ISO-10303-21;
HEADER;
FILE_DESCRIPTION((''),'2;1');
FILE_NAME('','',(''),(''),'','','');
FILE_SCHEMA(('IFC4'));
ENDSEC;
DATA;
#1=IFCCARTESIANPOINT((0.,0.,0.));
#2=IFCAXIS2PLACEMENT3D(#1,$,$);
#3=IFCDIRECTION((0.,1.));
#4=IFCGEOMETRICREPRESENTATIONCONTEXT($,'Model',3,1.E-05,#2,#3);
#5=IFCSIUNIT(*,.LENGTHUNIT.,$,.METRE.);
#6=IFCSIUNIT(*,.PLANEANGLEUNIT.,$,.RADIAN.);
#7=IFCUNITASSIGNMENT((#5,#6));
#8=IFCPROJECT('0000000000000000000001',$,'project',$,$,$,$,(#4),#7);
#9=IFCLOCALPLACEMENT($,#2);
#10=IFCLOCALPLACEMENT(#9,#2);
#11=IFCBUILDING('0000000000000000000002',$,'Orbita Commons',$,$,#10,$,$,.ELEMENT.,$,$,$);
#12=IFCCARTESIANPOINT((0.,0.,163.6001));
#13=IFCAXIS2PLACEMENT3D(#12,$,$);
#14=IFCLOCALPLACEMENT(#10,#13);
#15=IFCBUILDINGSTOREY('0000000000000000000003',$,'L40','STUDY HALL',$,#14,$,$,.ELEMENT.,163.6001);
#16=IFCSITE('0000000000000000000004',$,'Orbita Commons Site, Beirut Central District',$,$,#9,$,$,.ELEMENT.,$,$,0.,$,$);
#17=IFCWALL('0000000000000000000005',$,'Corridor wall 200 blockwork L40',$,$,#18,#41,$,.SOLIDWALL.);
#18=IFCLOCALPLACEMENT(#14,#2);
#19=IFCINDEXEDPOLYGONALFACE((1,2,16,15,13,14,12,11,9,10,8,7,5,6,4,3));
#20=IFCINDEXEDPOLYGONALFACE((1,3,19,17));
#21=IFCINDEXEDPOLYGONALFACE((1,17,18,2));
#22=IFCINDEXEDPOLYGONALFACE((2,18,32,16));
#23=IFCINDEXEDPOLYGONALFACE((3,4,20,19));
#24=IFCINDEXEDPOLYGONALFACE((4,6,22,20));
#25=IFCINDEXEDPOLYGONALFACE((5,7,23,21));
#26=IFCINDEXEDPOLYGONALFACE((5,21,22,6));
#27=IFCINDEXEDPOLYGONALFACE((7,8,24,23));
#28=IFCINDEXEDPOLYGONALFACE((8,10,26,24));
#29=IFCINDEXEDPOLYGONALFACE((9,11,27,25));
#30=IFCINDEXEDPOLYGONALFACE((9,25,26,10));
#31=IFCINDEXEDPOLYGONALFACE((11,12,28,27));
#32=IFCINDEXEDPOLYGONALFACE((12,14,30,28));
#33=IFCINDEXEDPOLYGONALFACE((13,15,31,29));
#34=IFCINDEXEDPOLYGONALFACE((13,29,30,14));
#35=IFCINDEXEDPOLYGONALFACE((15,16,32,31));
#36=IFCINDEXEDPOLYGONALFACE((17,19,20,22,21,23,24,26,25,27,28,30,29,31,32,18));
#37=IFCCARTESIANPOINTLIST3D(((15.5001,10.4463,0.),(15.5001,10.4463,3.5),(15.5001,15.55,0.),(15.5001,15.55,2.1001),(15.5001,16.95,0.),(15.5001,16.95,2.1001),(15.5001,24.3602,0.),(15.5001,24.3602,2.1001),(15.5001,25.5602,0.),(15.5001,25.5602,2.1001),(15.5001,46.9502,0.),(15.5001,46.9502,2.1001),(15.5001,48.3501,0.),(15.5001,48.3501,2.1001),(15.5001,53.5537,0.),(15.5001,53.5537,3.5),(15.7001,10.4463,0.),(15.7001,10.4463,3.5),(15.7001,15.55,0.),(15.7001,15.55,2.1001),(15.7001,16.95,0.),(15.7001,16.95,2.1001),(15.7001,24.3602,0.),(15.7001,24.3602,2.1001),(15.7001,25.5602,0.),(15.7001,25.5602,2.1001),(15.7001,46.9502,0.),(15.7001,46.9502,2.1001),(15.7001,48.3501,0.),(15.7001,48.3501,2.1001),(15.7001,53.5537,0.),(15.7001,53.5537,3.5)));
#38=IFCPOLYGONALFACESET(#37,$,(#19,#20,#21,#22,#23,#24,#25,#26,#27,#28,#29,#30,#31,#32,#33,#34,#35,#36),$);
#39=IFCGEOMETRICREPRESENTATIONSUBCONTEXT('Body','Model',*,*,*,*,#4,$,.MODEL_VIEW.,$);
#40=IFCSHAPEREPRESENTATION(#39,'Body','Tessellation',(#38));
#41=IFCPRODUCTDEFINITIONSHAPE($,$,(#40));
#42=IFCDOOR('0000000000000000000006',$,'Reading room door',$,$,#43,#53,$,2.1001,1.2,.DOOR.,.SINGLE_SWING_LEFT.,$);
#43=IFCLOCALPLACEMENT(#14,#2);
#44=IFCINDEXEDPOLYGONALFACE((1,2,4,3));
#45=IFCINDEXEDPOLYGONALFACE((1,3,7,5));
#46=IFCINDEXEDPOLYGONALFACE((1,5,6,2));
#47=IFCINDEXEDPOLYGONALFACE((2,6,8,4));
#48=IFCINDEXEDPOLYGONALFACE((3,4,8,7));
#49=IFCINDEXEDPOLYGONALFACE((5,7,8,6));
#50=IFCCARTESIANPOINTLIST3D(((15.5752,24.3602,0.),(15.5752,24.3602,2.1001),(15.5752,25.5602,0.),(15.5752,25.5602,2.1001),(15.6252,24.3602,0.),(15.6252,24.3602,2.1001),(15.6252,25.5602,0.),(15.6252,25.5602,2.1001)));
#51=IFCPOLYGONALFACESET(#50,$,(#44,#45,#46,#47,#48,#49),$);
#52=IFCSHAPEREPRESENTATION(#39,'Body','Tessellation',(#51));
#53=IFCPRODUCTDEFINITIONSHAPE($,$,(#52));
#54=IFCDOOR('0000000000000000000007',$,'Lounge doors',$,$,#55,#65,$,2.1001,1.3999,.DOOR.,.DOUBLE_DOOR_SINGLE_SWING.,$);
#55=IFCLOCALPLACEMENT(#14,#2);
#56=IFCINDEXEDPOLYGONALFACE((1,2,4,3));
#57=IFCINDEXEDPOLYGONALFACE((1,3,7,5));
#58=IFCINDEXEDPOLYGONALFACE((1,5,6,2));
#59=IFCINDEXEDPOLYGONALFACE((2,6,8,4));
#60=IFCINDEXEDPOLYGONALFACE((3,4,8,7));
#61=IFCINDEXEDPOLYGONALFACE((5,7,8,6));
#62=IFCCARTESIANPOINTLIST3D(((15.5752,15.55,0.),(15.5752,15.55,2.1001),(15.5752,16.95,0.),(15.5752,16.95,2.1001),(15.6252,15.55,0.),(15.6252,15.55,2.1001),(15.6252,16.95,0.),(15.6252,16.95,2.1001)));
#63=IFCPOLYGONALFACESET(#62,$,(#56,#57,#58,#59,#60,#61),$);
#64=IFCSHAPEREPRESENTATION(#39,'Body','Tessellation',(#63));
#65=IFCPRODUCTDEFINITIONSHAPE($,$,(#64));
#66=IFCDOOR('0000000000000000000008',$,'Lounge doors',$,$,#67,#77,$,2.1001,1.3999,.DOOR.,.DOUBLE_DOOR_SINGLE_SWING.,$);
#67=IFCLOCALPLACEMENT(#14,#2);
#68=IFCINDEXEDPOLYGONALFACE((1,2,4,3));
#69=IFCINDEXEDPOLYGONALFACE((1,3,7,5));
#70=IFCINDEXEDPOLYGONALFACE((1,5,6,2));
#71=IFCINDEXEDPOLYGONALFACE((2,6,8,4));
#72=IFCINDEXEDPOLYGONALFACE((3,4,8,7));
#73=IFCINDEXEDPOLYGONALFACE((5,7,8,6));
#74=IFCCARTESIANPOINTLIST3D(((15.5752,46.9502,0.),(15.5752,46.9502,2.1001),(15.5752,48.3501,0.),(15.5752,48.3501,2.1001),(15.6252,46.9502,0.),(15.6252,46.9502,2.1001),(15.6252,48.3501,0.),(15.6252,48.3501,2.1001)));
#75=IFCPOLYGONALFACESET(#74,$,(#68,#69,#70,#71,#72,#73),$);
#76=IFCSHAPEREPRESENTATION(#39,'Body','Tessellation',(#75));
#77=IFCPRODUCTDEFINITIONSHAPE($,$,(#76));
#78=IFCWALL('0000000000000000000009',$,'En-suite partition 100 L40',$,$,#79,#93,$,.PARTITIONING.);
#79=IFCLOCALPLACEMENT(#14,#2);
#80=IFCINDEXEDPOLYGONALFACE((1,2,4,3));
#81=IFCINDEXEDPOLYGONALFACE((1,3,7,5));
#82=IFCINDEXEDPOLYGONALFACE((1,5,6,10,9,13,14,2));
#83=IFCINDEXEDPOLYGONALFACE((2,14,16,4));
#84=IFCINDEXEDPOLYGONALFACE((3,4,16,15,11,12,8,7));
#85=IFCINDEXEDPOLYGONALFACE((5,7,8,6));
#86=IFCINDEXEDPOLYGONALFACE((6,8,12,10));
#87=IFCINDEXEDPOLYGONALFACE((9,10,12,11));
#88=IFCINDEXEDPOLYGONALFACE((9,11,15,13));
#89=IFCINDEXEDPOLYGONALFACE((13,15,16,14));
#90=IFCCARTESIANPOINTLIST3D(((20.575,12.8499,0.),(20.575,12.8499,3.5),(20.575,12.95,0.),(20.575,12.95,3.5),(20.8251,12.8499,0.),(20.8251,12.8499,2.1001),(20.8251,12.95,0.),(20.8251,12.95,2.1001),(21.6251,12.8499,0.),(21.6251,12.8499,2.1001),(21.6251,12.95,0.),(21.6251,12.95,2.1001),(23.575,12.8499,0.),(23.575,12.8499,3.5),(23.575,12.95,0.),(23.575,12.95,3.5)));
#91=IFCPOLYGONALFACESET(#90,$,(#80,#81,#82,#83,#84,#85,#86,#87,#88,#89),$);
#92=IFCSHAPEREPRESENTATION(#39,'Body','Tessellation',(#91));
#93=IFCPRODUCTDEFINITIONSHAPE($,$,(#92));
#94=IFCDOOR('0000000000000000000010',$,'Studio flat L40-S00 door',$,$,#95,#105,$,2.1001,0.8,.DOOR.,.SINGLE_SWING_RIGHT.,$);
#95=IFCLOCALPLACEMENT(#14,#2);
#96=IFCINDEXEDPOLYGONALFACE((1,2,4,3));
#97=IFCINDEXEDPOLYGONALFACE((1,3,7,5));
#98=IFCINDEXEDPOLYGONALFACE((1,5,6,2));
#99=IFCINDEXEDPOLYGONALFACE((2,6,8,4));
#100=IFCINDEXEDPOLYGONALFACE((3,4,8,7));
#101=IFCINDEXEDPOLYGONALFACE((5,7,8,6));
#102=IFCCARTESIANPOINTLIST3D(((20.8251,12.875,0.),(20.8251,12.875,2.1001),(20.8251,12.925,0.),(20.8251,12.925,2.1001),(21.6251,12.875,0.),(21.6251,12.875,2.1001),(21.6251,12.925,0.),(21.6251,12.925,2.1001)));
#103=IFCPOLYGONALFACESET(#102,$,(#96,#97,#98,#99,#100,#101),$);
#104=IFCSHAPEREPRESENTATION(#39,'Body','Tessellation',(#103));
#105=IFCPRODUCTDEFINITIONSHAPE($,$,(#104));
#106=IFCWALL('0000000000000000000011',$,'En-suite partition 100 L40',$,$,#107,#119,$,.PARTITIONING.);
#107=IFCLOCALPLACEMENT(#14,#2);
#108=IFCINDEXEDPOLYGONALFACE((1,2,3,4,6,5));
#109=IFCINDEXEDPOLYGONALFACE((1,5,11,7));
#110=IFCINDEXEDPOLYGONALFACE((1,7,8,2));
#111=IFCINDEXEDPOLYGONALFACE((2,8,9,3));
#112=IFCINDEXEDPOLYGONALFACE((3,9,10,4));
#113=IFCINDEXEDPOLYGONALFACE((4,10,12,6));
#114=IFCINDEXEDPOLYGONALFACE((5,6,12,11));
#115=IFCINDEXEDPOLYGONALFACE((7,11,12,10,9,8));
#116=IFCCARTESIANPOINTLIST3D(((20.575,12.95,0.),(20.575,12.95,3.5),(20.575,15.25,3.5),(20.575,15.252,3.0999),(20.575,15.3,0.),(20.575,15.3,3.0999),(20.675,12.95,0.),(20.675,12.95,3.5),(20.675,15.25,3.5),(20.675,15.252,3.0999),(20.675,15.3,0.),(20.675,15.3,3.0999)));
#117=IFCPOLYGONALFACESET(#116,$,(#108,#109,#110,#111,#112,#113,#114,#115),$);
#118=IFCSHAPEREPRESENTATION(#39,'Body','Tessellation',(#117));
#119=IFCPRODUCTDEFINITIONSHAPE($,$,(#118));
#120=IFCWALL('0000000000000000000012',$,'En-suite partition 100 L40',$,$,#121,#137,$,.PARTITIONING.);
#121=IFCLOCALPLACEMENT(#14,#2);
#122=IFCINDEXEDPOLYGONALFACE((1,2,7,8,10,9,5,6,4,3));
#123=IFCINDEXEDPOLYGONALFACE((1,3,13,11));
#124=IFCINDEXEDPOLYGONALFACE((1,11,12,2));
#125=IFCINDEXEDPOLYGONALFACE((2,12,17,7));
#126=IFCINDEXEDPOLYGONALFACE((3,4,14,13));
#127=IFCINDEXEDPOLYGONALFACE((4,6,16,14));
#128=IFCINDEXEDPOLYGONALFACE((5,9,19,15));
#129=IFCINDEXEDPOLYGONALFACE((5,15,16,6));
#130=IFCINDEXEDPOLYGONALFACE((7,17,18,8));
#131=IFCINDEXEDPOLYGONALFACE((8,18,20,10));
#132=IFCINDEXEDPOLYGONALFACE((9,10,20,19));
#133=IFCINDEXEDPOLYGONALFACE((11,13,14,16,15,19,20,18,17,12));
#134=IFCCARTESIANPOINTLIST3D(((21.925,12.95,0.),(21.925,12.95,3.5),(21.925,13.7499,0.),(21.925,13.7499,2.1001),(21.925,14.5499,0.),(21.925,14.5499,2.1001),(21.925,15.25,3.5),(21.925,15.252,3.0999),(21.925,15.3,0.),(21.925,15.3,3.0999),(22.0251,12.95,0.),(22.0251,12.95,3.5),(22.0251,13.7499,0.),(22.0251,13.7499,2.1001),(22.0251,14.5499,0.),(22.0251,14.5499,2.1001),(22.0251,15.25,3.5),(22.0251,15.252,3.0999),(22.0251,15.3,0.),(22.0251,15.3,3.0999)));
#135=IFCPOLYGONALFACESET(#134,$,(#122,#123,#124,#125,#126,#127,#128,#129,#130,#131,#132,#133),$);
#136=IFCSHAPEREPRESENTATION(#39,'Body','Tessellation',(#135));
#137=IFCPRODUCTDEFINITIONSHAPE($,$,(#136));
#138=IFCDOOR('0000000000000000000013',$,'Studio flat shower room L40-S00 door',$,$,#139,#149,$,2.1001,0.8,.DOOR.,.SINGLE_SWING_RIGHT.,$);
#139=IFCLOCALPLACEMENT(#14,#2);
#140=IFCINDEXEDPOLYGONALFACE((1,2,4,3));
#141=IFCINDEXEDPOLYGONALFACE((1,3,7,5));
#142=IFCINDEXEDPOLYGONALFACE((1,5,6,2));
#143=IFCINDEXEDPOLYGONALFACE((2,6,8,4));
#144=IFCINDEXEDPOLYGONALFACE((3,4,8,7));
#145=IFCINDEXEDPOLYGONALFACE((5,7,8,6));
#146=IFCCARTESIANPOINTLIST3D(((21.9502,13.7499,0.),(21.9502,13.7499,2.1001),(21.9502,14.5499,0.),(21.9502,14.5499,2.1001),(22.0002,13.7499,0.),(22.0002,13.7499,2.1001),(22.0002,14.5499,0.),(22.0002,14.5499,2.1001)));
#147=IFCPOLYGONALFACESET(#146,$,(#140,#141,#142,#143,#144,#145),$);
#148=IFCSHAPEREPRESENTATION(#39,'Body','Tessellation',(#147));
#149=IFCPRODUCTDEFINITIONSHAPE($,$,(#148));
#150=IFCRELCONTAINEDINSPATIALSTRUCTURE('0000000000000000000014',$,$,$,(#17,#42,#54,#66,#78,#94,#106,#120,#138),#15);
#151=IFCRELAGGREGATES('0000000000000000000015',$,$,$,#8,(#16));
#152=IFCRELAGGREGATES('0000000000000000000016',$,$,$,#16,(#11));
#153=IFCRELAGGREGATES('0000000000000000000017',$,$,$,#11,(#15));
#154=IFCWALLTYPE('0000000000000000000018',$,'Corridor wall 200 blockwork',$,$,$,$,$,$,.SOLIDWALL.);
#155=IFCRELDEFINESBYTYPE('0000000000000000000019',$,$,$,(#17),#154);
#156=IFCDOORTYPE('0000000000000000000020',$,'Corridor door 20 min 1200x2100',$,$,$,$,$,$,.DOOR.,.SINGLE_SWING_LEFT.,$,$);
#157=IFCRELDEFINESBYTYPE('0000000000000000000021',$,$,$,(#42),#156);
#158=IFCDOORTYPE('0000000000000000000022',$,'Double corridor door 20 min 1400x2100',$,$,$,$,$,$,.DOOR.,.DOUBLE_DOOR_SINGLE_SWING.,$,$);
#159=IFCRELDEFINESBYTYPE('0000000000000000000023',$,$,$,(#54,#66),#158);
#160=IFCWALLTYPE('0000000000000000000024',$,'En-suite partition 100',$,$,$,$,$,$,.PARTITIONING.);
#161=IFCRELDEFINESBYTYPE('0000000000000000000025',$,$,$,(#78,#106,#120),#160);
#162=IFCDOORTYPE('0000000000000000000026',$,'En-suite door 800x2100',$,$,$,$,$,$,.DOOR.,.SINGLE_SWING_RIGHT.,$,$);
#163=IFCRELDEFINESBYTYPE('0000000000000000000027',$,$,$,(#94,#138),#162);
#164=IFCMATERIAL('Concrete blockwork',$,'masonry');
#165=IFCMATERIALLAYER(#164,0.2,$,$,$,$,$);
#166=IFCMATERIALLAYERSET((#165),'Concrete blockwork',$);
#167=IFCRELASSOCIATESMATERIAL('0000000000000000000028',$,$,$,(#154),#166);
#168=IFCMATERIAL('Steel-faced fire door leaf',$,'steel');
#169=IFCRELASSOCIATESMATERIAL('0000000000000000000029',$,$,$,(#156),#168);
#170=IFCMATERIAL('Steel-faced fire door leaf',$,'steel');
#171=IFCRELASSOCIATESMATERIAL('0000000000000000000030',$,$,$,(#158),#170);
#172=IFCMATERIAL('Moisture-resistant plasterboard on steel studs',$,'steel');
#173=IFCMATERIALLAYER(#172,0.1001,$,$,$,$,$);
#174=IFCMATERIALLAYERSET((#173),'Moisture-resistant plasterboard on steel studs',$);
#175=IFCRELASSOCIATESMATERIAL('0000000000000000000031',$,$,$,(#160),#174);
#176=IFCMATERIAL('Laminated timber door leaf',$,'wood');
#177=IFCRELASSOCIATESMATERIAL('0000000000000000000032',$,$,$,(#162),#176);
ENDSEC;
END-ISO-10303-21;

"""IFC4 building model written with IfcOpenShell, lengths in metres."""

from ifc_helpers import new_model, si_unit, direction, frame, frame_2d, origin, place, context, subcontext, project, spatial, polyline, rectangle, outline, extrude, material, layer, layer_set, type_object, element, fill, save


model = new_model("IFC4")

# Units and contexts
model_context = context("Model", 3, precision=1e-05, world=origin(), true_north=direction((0.0, 1.0)))
body_context = subcontext(model_context, "Body", "Model", "MODEL_VIEW")
ifc_project = project(units=[si_unit("LENGTHUNIT", "METRE"), si_unit("PLANEANGLEUNIT", "RADIAN")], contexts=[model_context])

# Site, building, storey
site_placement = place(None, origin())
site = spatial("IfcSite", under=ifc_project, at=site_placement, Name="Orbita Commons Site, Beirut Central District", CompositionType="ELEMENT", RefElevation=0.0)
building_placement = place(site_placement, origin())
building = spatial("IfcBuilding", under=site, at=building_placement, Name="Orbita Commons", CompositionType="ELEMENT")
storey_placement = place(building_placement, frame((0.0, 0.0, 163.6001)))
storey = spatial("IfcBuildingStorey", under=building, at=storey_placement, Name="L40", Description="STUDY HALL", CompositionType="ELEMENT", Elevation=163.6001)

# Shared definitions
ifc_material_1 = material(Name="Concrete blockwork", Category="masonry")
ifc_layer_1 = layer(ifc_material_1, 0.2)
ifc_layer_set_1 = layer_set([ifc_layer_1], Name="Concrete blockwork")
wall_type_1 = type_object("IfcWallType", Name="Corridor wall 200 blockwork", PredefinedType="SOLIDWALL", material=ifc_layer_set_1)

# Wall, openings, doors
wall_1_placement = place(storey_placement, frame((15.6001, 10.4463, 0.0), z_axis=(0.0, 0.0, 1.0), x_axis=(0.0, 1.0, 0.0)))
wall_1 = element("IfcWall", 1, at=wall_1_placement, inside=storey, type_object=wall_type_1, Name="Corridor wall 200 blockwork L40", PredefinedType="SOLIDWALL", context=body_context, shape_type="SweptSolid", body=[
    extrude(rectangle(XDim=43.1074, YDim=0.2, at=frame_2d((21.5537, 0.0))), origin(), (0.0, 0.0, 1.0), 3.5),
])
opening_1_placement = place(wall_1_placement, frame((13.9138, 0.0, 0.0)))
opening_1 = element("IfcOpeningElement", 2, at=opening_1_placement, cuts=wall_1, PredefinedType="OPENING", context=body_context, shape_type="SweptSolid", body=[
    extrude(rectangle(XDim=1.2, YDim=2.1001, at=frame_2d((0.6001, 1.05))), frame((0.0, 0.1099, 0.0), z_axis=(0.0, -1.0, 0.0), x_axis=(1.0, 0.0, 0.0)), (0.0, 0.0, 1.0), 0.22),
])
opening_2_placement = place(wall_1_placement, frame((5.1038, 0.0, 0.0)))
opening_2 = element("IfcOpeningElement", 3, at=opening_2_placement, cuts=wall_1, PredefinedType="OPENING", context=body_context, shape_type="SweptSolid", body=[
    extrude(rectangle(XDim=1.3999, YDim=2.1001, at=frame_2d((0.7, 1.05))), frame((0.0, 0.1099, 0.0), z_axis=(0.0, -1.0, 0.0), x_axis=(1.0, 0.0, 0.0)), (0.0, 0.0, 1.0), 0.22),
])
opening_3_placement = place(wall_1_placement, frame((36.5039, 0.0, 0.0)))
opening_3 = element("IfcOpeningElement", 4, at=opening_3_placement, cuts=wall_1, PredefinedType="OPENING", context=body_context, shape_type="SweptSolid", body=[
    extrude(rectangle(XDim=1.3999, YDim=2.1001, at=frame_2d((0.7, 1.05))), frame((0.0, 0.1099, 0.0), z_axis=(0.0, -1.0, 0.0), x_axis=(1.0, 0.0, 0.0)), (0.0, 0.0, 1.0), 0.22),
])
ifc_material_2 = material(Name="Steel-faced fire door leaf", Category="steel")
door_type_1 = type_object("IfcDoorType", Name="Corridor door 20 min 1200x2100", OperationType="SINGLE_SWING_LEFT", PredefinedType="DOOR", material=ifc_material_2)
door_1_placement = place(opening_1_placement, origin())
door_1 = element("IfcDoor", 5, at=door_1_placement, inside=storey, type_object=door_type_1, Name="Reading room door", OperationType="SINGLE_SWING_LEFT", OverallHeight=2.1001, OverallWidth=1.2, PredefinedType="DOOR", context=body_context, shape_type="SweptSolid", body=[
    extrude(rectangle(XDim=1.2, YDim=2.1001, at=frame_2d((0.6001, 1.05))), frame((0.0, 0.0249, 0.0), z_axis=(0.0, -1.0, 0.0), x_axis=(1.0, 0.0, 0.0)), (0.0, 0.0, 1.0), 0.05),
])
fill(opening_1, door_1)
ifc_material_3 = material(Name="Steel-faced fire door leaf", Category="steel")
door_type_2 = type_object("IfcDoorType", Name="Double corridor door 20 min 1400x2100", OperationType="DOUBLE_DOOR_SINGLE_SWING", PredefinedType="DOOR", material=ifc_material_3)
door_2_placement = place(opening_2_placement, origin())
door_2 = element("IfcDoor", 6, at=door_2_placement, inside=storey, type_object=door_type_2, Name="Lounge doors", OperationType="DOUBLE_DOOR_SINGLE_SWING", OverallHeight=2.1001, OverallWidth=1.3999, PredefinedType="DOOR", context=body_context, shape_type="SweptSolid", body=[
    extrude(rectangle(XDim=1.3999, YDim=2.1001, at=frame_2d((0.7, 1.05))), frame((0.0, 0.0249, 0.0), z_axis=(0.0, -1.0, 0.0), x_axis=(1.0, 0.0, 0.0)), (0.0, 0.0, 1.0), 0.05),
])
fill(opening_2, door_2)
door_3_placement = place(opening_3_placement, origin())
door_3 = element("IfcDoor", 7, at=door_3_placement, inside=storey, type_object=door_type_2, Name="Lounge doors", OperationType="DOUBLE_DOOR_SINGLE_SWING", OverallHeight=2.1001, OverallWidth=1.3999, PredefinedType="DOOR", context=body_context, shape_type="SweptSolid", body=[
    extrude(rectangle(XDim=1.3999, YDim=2.1001, at=frame_2d((0.7, 1.05))), frame((0.0, 0.0249, 0.0), z_axis=(0.0, -1.0, 0.0), x_axis=(1.0, 0.0, 0.0)), (0.0, 0.0, 1.0), 0.05),
])
fill(opening_3, door_3)

# Wall, opening, door
ifc_material_4 = material(Name="Moisture-resistant plasterboard on steel studs", Category="steel")
ifc_layer_2 = layer(ifc_material_4, 0.1001)
ifc_layer_set_2 = layer_set([ifc_layer_2], Name="Moisture-resistant plasterboard on steel studs")
wall_type_2 = type_object("IfcWallType", Name="En-suite partition 100", PredefinedType="PARTITIONING", material=ifc_layer_set_2)
wall_2_placement = place(storey_placement, frame((23.575, 12.8999, 0.0), z_axis=(0.0, 0.0, 1.0), x_axis=(-1.0, 0.0, 0.0)))
wall_2 = element("IfcWall", 8, at=wall_2_placement, inside=storey, type_object=wall_type_2, Name="En-suite partition 100 L40", PredefinedType="PARTITIONING", context=body_context, shape_type="SweptSolid", body=[
    extrude(rectangle(XDim=3.0, YDim=0.1001, at=frame_2d((1.5, 0.0))), origin(), (0.0, 0.0, 1.0), 3.5),
])
opening_4_placement = place(wall_2_placement, frame((1.95, 0.0, 0.0)))
opening_4 = element("IfcOpeningElement", 9, at=opening_4_placement, cuts=wall_2, PredefinedType="OPENING", context=body_context, shape_type="SweptSolid", body=[
    extrude(rectangle(XDim=0.8, YDim=2.1001, at=frame_2d((0.3999, 1.05))), frame((0.0, 0.0601, 0.0), z_axis=(0.0, -1.0, 0.0), x_axis=(1.0, 0.0, 0.0)), (0.0, 0.0, 1.0), 0.1201),
])
ifc_material_5 = material(Name="Laminated timber door leaf", Category="wood")
door_type_3 = type_object("IfcDoorType", Name="En-suite door 800x2100", OperationType="SINGLE_SWING_RIGHT", PredefinedType="DOOR", material=ifc_material_5)
door_4_placement = place(opening_4_placement, origin())
door_4 = element("IfcDoor", 10, at=door_4_placement, inside=storey, type_object=door_type_3, Name="Studio flat L40-S00 door", OperationType="SINGLE_SWING_RIGHT", OverallHeight=2.1001, OverallWidth=0.8, PredefinedType="DOOR", context=body_context, shape_type="SweptSolid", body=[
    extrude(rectangle(XDim=0.8, YDim=2.1001, at=frame_2d((0.3999, 1.05))), frame((0.0, 0.0249, 0.0), z_axis=(0.0, -1.0, 0.0), x_axis=(1.0, 0.0, 0.0)), (0.0, 0.0, 1.0), 0.05),
])
fill(opening_4, door_4)

# Wall
wall_3_placement = place(storey_placement, frame((20.625, 12.95, 0.0), z_axis=(0.0, 0.0, 1.0), x_axis=(0.0, 1.0, 0.0)))
element("IfcWall", 11, at=wall_3_placement, inside=storey, type_object=wall_type_2, Name="En-suite partition 100 L40", PredefinedType="PARTITIONING", context=body_context, shape_type="SweptSolid", body=[
    extrude(outline(polyline([(0.0, 0.0), (2.3501, 0.0), (2.3501, 3.0999), (2.302, 3.0999), (2.3, 3.5), (0.0, 3.5), (0.0, 0.0)])), frame((0.0, 0.05, 0.0), z_axis=(0.0, -1.0, 0.0), x_axis=(1.0, 0.0, 0.0)), (0.0, 0.0, 1.0), 0.1001),
])

# Wall, opening, door
wall_4_placement = place(storey_placement, frame((21.9751, 12.95, 0.0), z_axis=(0.0, 0.0, 1.0), x_axis=(0.0, 1.0, 0.0)))
wall_4 = element("IfcWall", 12, at=wall_4_placement, inside=storey, type_object=wall_type_2, Name="En-suite partition 100 L40", PredefinedType="PARTITIONING", context=body_context, shape_type="SweptSolid", body=[
    extrude(outline(polyline([(0.0, 0.0), (2.3501, 0.0), (2.3501, 3.0999), (2.302, 3.0999), (2.3, 3.5), (0.0, 3.5), (0.0, 0.0)])), frame((0.0, 0.05, 0.0), z_axis=(0.0, -1.0, 0.0), x_axis=(1.0, 0.0, 0.0)), (0.0, 0.0, 1.0), 0.1001),
])
opening_5_placement = place(wall_4_placement, frame((0.8, 0.0, 0.0)))
opening_5 = element("IfcOpeningElement", 13, at=opening_5_placement, cuts=wall_4, PredefinedType="OPENING", context=body_context, shape_type="SweptSolid", body=[
    extrude(rectangle(XDim=0.8, YDim=2.1001, at=frame_2d((0.3999, 1.05))), frame((0.0, 0.0601, 0.0), z_axis=(0.0, -1.0, 0.0), x_axis=(1.0, 0.0, 0.0)), (0.0, 0.0, 1.0), 0.1201),
])
door_5_placement = place(opening_5_placement, origin())
door_5 = element("IfcDoor", 14, at=door_5_placement, inside=storey, type_object=door_type_3, Name="Studio flat shower room L40-S00 door", OperationType="SINGLE_SWING_RIGHT", OverallHeight=2.1001, OverallWidth=0.8, PredefinedType="DOOR", context=body_context, shape_type="SweptSolid", body=[
    extrude(rectangle(XDim=0.8, YDim=2.1001, at=frame_2d((0.3999, 1.05))), frame((0.0, 0.0249, 0.0), z_axis=(0.0, -1.0, 0.0), x_axis=(1.0, 0.0, 0.0)), (0.0, 0.0, 1.0), 0.05),
])
fill(opening_5, door_5)

save(model, "model.ifc")
